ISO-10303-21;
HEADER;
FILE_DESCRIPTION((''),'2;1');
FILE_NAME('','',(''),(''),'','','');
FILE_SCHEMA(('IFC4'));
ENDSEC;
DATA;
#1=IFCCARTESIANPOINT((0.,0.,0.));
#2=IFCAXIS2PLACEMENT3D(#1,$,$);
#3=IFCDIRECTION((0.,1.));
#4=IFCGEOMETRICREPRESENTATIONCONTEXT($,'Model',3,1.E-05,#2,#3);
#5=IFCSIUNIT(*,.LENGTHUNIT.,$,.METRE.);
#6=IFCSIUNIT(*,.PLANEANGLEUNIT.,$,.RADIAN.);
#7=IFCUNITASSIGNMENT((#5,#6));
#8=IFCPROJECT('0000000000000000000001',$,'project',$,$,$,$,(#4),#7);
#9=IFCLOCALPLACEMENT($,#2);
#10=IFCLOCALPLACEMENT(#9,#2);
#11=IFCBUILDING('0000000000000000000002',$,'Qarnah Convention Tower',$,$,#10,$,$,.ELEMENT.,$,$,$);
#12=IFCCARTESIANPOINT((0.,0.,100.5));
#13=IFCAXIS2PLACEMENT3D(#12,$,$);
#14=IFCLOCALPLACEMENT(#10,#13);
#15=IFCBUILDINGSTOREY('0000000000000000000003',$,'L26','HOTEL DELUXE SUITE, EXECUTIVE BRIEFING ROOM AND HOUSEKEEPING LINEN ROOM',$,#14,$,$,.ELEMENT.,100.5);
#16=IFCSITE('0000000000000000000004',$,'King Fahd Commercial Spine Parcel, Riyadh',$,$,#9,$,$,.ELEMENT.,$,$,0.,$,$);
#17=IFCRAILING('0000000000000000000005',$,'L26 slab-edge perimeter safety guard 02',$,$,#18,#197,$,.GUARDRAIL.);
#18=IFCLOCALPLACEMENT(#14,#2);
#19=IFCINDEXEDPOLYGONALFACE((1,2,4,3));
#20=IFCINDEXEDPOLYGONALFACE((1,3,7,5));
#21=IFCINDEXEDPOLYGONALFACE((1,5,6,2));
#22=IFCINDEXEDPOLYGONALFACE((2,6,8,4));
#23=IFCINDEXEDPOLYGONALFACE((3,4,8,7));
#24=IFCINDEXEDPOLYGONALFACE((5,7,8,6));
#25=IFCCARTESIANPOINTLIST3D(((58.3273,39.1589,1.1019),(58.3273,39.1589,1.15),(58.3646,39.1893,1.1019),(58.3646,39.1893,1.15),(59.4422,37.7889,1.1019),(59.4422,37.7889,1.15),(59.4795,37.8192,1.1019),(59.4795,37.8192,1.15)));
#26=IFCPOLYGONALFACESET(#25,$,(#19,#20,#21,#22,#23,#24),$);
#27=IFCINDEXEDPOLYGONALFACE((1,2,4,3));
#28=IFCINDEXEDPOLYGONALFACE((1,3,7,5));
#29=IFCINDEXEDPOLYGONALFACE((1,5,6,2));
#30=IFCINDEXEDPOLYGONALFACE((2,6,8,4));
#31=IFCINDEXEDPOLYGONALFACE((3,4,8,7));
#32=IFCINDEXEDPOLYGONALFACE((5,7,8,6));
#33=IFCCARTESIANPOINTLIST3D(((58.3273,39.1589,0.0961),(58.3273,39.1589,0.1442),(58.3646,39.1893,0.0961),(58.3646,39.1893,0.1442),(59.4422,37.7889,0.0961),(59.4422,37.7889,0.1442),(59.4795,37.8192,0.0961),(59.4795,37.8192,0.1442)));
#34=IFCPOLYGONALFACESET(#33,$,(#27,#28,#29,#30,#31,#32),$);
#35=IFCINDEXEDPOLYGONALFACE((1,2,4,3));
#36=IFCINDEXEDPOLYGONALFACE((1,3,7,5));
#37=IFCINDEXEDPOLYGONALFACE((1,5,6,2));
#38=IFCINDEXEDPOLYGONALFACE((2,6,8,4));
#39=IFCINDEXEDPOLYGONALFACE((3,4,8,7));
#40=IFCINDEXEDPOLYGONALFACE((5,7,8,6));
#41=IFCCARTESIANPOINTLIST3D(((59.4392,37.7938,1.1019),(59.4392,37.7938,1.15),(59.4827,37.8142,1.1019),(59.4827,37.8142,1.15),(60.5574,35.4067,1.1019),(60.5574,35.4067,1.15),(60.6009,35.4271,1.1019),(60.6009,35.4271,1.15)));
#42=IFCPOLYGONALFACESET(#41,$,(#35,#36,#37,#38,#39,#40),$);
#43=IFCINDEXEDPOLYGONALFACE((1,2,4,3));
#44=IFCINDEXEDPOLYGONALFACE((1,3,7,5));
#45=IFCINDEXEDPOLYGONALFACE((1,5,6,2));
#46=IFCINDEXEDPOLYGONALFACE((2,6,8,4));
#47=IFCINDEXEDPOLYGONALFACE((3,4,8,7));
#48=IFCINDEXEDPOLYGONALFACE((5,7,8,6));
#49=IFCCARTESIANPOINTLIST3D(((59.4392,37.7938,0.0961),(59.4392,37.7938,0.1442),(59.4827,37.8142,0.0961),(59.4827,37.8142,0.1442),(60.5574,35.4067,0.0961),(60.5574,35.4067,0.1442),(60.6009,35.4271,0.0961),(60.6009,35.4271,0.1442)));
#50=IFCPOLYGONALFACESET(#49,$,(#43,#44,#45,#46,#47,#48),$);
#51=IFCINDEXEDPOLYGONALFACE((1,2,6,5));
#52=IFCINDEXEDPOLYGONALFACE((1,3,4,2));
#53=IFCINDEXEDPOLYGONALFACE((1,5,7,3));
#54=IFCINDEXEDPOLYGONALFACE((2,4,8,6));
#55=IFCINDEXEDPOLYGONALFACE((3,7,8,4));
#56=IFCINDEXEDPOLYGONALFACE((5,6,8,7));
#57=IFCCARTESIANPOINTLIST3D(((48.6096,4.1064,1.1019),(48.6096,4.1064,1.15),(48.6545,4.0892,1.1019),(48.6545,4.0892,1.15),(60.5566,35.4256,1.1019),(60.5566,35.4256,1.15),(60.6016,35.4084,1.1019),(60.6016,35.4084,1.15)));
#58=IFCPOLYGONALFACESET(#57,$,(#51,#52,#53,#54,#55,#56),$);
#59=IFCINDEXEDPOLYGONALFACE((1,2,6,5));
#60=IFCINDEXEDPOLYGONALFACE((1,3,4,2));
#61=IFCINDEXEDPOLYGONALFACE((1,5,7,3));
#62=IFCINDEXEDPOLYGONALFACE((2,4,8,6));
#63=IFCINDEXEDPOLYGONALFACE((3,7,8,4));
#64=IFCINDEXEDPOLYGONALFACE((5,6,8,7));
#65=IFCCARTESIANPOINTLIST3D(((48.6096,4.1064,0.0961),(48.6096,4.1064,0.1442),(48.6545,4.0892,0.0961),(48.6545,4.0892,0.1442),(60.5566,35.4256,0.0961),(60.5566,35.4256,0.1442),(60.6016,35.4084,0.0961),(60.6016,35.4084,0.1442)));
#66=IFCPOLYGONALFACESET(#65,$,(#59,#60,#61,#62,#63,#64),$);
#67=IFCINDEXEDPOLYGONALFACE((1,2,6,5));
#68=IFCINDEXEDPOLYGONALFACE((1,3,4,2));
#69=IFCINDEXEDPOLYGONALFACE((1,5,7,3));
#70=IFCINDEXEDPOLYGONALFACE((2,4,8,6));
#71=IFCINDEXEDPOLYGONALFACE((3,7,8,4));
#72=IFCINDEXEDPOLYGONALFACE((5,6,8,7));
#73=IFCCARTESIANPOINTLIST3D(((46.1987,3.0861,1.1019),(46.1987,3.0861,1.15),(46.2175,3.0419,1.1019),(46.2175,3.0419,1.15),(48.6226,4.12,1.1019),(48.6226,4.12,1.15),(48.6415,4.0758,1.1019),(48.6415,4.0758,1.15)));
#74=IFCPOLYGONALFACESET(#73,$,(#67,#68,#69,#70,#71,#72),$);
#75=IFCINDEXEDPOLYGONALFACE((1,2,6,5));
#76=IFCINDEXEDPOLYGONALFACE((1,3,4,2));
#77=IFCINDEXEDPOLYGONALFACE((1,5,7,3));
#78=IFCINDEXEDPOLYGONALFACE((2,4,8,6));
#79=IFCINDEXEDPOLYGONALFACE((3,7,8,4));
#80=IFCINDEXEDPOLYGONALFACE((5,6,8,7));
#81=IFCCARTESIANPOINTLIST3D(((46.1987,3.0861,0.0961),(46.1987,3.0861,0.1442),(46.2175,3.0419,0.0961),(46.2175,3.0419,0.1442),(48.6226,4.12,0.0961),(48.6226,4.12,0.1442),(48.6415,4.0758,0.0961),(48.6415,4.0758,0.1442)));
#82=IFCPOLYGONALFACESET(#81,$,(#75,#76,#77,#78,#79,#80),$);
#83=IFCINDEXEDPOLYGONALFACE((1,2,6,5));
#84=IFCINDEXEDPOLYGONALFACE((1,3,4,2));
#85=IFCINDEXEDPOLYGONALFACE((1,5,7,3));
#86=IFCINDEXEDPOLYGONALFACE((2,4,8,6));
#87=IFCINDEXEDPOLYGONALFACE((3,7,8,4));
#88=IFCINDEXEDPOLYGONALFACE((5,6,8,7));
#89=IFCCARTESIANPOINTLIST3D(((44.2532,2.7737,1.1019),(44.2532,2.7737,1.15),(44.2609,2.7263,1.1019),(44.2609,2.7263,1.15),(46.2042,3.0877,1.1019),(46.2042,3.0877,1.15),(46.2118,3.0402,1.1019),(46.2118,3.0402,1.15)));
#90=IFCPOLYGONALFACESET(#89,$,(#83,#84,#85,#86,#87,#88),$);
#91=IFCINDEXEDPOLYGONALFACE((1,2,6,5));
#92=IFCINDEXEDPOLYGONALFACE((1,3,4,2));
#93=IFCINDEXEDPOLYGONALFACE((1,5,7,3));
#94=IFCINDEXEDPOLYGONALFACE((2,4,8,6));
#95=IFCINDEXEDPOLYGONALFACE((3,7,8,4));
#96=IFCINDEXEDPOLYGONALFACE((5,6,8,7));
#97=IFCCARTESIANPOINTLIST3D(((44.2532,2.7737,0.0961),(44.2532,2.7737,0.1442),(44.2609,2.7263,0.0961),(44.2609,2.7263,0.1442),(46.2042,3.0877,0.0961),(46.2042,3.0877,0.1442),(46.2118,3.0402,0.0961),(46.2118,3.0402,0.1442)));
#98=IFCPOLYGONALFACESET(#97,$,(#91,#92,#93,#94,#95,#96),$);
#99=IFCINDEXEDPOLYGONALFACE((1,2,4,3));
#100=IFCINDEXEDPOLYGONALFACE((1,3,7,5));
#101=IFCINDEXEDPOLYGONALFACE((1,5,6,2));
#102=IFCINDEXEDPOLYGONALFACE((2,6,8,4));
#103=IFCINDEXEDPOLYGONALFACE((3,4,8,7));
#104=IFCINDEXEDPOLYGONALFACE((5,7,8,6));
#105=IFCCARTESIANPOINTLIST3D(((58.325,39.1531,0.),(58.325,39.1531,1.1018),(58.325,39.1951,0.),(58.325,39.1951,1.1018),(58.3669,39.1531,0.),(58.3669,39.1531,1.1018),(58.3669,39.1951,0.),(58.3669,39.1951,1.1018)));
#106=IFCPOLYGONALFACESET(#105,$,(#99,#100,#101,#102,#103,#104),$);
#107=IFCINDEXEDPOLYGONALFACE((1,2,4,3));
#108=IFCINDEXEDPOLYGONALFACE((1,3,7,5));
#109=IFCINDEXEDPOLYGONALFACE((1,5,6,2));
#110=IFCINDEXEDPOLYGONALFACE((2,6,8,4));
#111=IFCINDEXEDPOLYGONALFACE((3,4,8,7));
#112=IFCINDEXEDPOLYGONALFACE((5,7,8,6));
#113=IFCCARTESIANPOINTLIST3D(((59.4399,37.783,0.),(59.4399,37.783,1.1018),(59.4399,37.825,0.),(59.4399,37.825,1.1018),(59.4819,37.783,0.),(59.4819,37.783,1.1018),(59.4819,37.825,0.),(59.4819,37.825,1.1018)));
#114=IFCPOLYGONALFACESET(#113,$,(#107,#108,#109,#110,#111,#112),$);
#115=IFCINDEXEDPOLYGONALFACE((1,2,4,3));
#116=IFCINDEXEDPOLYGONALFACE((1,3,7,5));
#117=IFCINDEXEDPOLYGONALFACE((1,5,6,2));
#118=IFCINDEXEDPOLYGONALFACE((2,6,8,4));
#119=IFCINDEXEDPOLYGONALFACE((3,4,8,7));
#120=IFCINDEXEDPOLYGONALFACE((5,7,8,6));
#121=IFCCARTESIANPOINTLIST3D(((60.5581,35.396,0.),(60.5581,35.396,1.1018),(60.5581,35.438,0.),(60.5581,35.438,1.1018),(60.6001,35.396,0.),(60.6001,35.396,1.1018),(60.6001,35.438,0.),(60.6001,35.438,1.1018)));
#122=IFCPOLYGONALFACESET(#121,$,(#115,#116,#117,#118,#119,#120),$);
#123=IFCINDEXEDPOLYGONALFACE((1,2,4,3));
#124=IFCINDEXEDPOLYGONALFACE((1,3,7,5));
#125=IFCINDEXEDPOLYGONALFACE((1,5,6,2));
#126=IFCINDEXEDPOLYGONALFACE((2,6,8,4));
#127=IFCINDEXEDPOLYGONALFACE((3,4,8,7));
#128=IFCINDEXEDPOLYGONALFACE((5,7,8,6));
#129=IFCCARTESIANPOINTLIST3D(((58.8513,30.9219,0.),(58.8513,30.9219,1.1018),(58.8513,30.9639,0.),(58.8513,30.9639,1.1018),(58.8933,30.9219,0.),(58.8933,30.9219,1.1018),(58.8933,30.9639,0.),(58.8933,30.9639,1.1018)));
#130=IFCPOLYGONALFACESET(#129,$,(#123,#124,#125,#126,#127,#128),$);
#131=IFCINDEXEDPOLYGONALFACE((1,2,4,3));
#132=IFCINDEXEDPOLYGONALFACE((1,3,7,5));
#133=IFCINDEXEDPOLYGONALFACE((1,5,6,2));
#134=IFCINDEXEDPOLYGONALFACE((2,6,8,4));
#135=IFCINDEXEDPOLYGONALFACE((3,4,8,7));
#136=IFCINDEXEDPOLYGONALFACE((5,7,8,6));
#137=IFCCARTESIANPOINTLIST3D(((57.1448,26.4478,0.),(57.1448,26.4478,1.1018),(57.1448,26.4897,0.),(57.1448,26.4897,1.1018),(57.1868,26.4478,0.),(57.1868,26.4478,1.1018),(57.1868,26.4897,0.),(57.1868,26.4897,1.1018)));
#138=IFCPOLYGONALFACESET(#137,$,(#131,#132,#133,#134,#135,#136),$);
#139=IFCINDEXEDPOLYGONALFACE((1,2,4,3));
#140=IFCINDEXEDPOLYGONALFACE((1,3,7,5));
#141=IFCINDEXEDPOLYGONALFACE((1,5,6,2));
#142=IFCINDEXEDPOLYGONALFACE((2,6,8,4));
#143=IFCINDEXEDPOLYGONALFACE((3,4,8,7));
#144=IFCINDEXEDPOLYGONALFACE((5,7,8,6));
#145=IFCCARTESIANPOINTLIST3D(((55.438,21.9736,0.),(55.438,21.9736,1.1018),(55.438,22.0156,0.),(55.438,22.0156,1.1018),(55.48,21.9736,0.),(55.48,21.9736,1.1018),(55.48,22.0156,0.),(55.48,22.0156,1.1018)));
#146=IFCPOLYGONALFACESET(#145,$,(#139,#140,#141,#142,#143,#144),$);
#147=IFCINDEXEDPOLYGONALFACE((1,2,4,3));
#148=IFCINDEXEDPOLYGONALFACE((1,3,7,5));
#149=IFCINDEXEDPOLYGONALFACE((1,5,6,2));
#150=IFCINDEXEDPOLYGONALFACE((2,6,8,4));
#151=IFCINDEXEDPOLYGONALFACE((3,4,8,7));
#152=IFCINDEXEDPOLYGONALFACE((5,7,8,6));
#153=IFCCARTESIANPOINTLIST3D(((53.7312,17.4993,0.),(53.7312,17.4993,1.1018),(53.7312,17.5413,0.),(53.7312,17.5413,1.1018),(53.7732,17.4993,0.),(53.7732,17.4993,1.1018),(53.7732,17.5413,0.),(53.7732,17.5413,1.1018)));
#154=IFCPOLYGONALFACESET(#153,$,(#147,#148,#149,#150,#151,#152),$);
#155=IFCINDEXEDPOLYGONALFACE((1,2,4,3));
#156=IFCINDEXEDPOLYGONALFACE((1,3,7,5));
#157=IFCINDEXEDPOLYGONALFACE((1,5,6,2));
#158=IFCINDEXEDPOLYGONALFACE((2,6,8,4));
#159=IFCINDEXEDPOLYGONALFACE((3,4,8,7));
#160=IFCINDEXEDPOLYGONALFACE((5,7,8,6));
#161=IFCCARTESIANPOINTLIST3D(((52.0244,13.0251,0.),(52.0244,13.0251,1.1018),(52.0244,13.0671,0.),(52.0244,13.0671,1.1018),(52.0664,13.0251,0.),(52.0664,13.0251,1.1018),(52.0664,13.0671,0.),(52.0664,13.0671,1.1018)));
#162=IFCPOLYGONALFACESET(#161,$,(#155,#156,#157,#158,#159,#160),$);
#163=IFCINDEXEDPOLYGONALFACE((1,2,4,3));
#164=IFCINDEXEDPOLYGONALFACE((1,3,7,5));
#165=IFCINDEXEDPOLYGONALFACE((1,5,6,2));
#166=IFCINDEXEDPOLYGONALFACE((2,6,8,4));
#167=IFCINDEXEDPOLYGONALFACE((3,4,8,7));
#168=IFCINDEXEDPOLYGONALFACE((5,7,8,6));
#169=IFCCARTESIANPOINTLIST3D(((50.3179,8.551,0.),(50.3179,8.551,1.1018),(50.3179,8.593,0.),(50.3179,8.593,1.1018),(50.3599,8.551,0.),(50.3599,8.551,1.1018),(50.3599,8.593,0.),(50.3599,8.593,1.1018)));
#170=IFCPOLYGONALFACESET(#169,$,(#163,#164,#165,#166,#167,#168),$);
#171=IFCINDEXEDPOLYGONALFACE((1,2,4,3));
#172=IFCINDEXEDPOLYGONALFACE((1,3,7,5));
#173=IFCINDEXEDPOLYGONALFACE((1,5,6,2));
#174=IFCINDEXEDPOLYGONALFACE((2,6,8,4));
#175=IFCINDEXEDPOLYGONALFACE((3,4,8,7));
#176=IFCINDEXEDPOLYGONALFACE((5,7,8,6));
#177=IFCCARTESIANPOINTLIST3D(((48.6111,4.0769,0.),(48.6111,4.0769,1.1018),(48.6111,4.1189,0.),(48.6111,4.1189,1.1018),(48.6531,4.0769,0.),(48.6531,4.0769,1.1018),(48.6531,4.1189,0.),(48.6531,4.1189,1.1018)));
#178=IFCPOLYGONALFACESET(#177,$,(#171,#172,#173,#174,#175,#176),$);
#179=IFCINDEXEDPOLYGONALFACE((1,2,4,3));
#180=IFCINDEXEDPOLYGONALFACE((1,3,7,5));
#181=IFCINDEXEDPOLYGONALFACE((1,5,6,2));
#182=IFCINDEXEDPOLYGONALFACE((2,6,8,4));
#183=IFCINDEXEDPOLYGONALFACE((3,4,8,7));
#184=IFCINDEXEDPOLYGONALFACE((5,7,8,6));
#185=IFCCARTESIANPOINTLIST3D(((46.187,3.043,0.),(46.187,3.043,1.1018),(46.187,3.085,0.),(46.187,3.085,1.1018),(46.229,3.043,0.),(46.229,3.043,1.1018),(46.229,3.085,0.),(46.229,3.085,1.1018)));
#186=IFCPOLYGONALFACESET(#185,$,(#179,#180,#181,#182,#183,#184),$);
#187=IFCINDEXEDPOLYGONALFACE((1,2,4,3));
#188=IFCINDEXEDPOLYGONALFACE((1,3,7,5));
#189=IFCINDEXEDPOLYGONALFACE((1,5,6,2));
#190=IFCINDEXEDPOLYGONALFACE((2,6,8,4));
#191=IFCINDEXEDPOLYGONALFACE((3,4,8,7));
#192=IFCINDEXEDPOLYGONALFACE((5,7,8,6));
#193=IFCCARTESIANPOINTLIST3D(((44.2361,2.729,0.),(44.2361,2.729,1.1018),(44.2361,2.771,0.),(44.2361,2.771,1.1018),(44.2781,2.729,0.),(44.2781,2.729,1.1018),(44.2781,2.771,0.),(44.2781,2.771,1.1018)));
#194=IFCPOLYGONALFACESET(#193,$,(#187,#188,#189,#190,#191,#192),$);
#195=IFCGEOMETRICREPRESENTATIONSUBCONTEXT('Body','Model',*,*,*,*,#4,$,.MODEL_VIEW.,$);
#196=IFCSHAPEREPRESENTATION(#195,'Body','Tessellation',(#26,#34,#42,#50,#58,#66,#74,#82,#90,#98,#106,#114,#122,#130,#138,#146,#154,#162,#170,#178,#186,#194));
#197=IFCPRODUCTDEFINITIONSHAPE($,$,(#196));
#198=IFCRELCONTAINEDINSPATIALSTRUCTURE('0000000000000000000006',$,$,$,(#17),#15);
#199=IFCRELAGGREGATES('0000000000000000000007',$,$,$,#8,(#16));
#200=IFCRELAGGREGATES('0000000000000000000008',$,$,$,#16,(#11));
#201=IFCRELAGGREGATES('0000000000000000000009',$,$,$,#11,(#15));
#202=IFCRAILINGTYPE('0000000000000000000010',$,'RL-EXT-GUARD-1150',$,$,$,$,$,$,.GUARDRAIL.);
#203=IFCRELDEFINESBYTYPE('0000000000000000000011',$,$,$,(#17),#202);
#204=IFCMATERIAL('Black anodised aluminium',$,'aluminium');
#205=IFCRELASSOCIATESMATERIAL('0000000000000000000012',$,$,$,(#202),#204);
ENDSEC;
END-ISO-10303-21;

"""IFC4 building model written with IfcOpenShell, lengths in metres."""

from ifc_helpers import new_model, si_unit, direction, frame, origin, origin_2d, place, context, subcontext, project, spatial, rectangle, extrude, material, type_object, element, save


model = new_model("IFC4")

# Units and contexts
model_context = context("Model", 3, precision=1e-05, world=origin(), true_north=direction((0.0, 1.0)))
body_context = subcontext(model_context, "Body", "Model", "MODEL_VIEW")
ifc_project = project(units=[si_unit("LENGTHUNIT", "METRE"), si_unit("PLANEANGLEUNIT", "RADIAN")], contexts=[model_context])

# Site, building, storey
site_placement = place(None, origin())
site = spatial("IfcSite", under=ifc_project, at=site_placement, Name="King Fahd Commercial Spine Parcel, Riyadh", CompositionType="ELEMENT", RefElevation=0.0)
building_placement = place(site_placement, origin())
building = spatial("IfcBuilding", under=site, at=building_placement, Name="Qarnah Convention Tower", CompositionType="ELEMENT")
storey_placement = place(building_placement, frame((0.0, 0.0, 100.5)))
storey = spatial("IfcBuildingStorey", under=building, at=storey_placement, Name="L26", Description="HOTEL DELUXE SUITE, EXECUTIVE BRIEFING ROOM AND HOUSEKEEPING LINEN ROOM", CompositionType="ELEMENT", Elevation=100.5)

# Shared definitions
ifc_material_1 = material(Name="Black anodised aluminium", Category="aluminium")

# Railing
railing_type = type_object("IfcRailingType", Name="RL-EXT-GUARD-1150", PredefinedType="GUARDRAIL", material=ifc_material_1)
railing_1_placement = place(storey_placement, frame((58.3459, 39.1741, 0.0)))
element("IfcRailing", 1, at=railing_1_placement, inside=storey, type_object=railing_type, Name="L26 slab-edge perimeter safety guard 02", PredefinedType="GUARDRAIL", context=body_context, shape_type="SweptSolid", body=[
    extrude(rectangle(XDim=0.0481, YDim=0.0481, at=origin_2d()), frame((0.0, 0.0, 1.126), z_axis=(0.631196, -0.775623, 0.0), x_axis=(0.775623, 0.631196, 0.0)), (0.0, 0.0, 1.0), 1.7664),
    extrude(rectangle(XDim=0.0481, YDim=0.0481, at=origin_2d()), frame((0.0, 0.0, 0.1201), z_axis=(0.631196, -0.775623, 0.0), x_axis=(0.775623, 0.631196, 0.0)), (0.0, 0.0, 1.0), 1.7664),
    extrude(rectangle(XDim=0.0481, YDim=0.0481, at=origin_2d()), frame((1.115, -1.3701, 1.126), z_axis=(0.424208, -0.905565, 0.0), x_axis=(0.905565, 0.424208, 0.0)), (0.0, 0.0, 1.0), 2.636),
    extrude(rectangle(XDim=0.0481, YDim=0.0481, at=origin_2d()), frame((1.115, -1.3701, 0.1201), z_axis=(0.424208, -0.905565, 0.0), x_axis=(0.905565, 0.424208, 0.0)), (0.0, 0.0, 1.0), 2.636),
    extrude(rectangle(XDim=0.0481, YDim=0.0481, at=origin_2d()), frame((2.2332, -3.7571, 1.126), z_axis=(-0.356411, -0.934329, 0.0), x_axis=(0.934329, -0.356411, 0.0)), (0.0, 0.0, 1.0), 33.5205),
    extrude(rectangle(XDim=0.0481, YDim=0.0481, at=origin_2d()), frame((2.2332, -3.7571, 0.1201), z_axis=(-0.356411, -0.934329, 0.0), x_axis=(0.934329, -0.356411, 0.0)), (0.0, 0.0, 1.0), 33.5205),
    extrude(rectangle(XDim=0.0481, YDim=0.0481, at=origin_2d()), frame((-9.7139, -35.0762, 1.126), z_axis=(-0.919824, -0.392331, 0.0), x_axis=(0.392331, -0.919824, 0.0)), (0.0, 0.0, 1.0), 2.6353),
    extrude(rectangle(XDim=0.0481, YDim=0.0481, at=origin_2d()), frame((-9.7139, -35.0762, 0.1201), z_axis=(-0.919824, -0.392331, 0.0), x_axis=(0.392331, -0.919824, 0.0)), (0.0, 0.0, 1.0), 2.6353),
    extrude(rectangle(XDim=0.0481, YDim=0.0481, at=origin_2d()), frame((-12.1379, -36.1101, 1.126), z_axis=(-0.987297, -0.158887, 0.0), x_axis=(0.158887, -0.987297, 0.0)), (0.0, 0.0, 1.0), 1.9761),
    extrude(rectangle(XDim=0.0481, YDim=0.0481, at=origin_2d()), frame((-12.1379, -36.1101, 0.1201), z_axis=(-0.987297, -0.158887, 0.0), x_axis=(0.158887, -0.987297, 0.0)), (0.0, 0.0, 1.0), 1.9761),
    extrude(rectangle(XDim=0.042, YDim=0.042, at=origin_2d()), origin(), (0.0, 0.0, 1.0), 1.1018),
    extrude(rectangle(XDim=0.042, YDim=0.042, at=origin_2d()), frame((1.115, -1.3701, 0.0)), (0.0, 0.0, 1.0), 1.1018),
    extrude(rectangle(XDim=0.042, YDim=0.042, at=origin_2d()), frame((2.2332, -3.7571, 0.0)), (0.0, 0.0, 1.0), 1.1018),
    extrude(rectangle(XDim=0.042, YDim=0.042, at=origin_2d()), frame((0.5264, -8.2312, 0.0)), (0.0, 0.0, 1.0), 1.1018),
    extrude(rectangle(XDim=0.042, YDim=0.042, at=origin_2d()), frame((-1.1802, -12.7053, 0.0)), (0.0, 0.0, 1.0), 1.1018),
    extrude(rectangle(XDim=0.042, YDim=0.042, at=origin_2d()), frame((-2.887, -17.1794, 0.0)), (0.0, 0.0, 1.0), 1.1018),
    extrude(rectangle(XDim=0.042, YDim=0.042, at=origin_2d()), frame((-4.5938, -21.6538, 0.0)), (0.0, 0.0, 1.0), 1.1018),
    extrude(rectangle(XDim=0.042, YDim=0.042, at=origin_2d()), frame((-6.3005, -26.1279, 0.0)), (0.0, 0.0, 1.0), 1.1018),
    extrude(rectangle(XDim=0.042, YDim=0.042, at=origin_2d()), frame((-8.0071, -30.6021, 0.0)), (0.0, 0.0, 1.0), 1.1018),
    extrude(rectangle(XDim=0.042, YDim=0.042, at=origin_2d()), frame((-9.7139, -35.0762, 0.0)), (0.0, 0.0, 1.0), 1.1018),
    extrude(rectangle(XDim=0.042, YDim=0.042, at=origin_2d()), frame((-12.1379, -36.1101, 0.0)), (0.0, 0.0, 1.0), 1.1018),
    extrude(rectangle(XDim=0.042, YDim=0.042, at=origin_2d()), frame((-14.0889, -36.4241, 0.0)), (0.0, 0.0, 1.0), 1.1018),
])

save(model, "model.ifc")
